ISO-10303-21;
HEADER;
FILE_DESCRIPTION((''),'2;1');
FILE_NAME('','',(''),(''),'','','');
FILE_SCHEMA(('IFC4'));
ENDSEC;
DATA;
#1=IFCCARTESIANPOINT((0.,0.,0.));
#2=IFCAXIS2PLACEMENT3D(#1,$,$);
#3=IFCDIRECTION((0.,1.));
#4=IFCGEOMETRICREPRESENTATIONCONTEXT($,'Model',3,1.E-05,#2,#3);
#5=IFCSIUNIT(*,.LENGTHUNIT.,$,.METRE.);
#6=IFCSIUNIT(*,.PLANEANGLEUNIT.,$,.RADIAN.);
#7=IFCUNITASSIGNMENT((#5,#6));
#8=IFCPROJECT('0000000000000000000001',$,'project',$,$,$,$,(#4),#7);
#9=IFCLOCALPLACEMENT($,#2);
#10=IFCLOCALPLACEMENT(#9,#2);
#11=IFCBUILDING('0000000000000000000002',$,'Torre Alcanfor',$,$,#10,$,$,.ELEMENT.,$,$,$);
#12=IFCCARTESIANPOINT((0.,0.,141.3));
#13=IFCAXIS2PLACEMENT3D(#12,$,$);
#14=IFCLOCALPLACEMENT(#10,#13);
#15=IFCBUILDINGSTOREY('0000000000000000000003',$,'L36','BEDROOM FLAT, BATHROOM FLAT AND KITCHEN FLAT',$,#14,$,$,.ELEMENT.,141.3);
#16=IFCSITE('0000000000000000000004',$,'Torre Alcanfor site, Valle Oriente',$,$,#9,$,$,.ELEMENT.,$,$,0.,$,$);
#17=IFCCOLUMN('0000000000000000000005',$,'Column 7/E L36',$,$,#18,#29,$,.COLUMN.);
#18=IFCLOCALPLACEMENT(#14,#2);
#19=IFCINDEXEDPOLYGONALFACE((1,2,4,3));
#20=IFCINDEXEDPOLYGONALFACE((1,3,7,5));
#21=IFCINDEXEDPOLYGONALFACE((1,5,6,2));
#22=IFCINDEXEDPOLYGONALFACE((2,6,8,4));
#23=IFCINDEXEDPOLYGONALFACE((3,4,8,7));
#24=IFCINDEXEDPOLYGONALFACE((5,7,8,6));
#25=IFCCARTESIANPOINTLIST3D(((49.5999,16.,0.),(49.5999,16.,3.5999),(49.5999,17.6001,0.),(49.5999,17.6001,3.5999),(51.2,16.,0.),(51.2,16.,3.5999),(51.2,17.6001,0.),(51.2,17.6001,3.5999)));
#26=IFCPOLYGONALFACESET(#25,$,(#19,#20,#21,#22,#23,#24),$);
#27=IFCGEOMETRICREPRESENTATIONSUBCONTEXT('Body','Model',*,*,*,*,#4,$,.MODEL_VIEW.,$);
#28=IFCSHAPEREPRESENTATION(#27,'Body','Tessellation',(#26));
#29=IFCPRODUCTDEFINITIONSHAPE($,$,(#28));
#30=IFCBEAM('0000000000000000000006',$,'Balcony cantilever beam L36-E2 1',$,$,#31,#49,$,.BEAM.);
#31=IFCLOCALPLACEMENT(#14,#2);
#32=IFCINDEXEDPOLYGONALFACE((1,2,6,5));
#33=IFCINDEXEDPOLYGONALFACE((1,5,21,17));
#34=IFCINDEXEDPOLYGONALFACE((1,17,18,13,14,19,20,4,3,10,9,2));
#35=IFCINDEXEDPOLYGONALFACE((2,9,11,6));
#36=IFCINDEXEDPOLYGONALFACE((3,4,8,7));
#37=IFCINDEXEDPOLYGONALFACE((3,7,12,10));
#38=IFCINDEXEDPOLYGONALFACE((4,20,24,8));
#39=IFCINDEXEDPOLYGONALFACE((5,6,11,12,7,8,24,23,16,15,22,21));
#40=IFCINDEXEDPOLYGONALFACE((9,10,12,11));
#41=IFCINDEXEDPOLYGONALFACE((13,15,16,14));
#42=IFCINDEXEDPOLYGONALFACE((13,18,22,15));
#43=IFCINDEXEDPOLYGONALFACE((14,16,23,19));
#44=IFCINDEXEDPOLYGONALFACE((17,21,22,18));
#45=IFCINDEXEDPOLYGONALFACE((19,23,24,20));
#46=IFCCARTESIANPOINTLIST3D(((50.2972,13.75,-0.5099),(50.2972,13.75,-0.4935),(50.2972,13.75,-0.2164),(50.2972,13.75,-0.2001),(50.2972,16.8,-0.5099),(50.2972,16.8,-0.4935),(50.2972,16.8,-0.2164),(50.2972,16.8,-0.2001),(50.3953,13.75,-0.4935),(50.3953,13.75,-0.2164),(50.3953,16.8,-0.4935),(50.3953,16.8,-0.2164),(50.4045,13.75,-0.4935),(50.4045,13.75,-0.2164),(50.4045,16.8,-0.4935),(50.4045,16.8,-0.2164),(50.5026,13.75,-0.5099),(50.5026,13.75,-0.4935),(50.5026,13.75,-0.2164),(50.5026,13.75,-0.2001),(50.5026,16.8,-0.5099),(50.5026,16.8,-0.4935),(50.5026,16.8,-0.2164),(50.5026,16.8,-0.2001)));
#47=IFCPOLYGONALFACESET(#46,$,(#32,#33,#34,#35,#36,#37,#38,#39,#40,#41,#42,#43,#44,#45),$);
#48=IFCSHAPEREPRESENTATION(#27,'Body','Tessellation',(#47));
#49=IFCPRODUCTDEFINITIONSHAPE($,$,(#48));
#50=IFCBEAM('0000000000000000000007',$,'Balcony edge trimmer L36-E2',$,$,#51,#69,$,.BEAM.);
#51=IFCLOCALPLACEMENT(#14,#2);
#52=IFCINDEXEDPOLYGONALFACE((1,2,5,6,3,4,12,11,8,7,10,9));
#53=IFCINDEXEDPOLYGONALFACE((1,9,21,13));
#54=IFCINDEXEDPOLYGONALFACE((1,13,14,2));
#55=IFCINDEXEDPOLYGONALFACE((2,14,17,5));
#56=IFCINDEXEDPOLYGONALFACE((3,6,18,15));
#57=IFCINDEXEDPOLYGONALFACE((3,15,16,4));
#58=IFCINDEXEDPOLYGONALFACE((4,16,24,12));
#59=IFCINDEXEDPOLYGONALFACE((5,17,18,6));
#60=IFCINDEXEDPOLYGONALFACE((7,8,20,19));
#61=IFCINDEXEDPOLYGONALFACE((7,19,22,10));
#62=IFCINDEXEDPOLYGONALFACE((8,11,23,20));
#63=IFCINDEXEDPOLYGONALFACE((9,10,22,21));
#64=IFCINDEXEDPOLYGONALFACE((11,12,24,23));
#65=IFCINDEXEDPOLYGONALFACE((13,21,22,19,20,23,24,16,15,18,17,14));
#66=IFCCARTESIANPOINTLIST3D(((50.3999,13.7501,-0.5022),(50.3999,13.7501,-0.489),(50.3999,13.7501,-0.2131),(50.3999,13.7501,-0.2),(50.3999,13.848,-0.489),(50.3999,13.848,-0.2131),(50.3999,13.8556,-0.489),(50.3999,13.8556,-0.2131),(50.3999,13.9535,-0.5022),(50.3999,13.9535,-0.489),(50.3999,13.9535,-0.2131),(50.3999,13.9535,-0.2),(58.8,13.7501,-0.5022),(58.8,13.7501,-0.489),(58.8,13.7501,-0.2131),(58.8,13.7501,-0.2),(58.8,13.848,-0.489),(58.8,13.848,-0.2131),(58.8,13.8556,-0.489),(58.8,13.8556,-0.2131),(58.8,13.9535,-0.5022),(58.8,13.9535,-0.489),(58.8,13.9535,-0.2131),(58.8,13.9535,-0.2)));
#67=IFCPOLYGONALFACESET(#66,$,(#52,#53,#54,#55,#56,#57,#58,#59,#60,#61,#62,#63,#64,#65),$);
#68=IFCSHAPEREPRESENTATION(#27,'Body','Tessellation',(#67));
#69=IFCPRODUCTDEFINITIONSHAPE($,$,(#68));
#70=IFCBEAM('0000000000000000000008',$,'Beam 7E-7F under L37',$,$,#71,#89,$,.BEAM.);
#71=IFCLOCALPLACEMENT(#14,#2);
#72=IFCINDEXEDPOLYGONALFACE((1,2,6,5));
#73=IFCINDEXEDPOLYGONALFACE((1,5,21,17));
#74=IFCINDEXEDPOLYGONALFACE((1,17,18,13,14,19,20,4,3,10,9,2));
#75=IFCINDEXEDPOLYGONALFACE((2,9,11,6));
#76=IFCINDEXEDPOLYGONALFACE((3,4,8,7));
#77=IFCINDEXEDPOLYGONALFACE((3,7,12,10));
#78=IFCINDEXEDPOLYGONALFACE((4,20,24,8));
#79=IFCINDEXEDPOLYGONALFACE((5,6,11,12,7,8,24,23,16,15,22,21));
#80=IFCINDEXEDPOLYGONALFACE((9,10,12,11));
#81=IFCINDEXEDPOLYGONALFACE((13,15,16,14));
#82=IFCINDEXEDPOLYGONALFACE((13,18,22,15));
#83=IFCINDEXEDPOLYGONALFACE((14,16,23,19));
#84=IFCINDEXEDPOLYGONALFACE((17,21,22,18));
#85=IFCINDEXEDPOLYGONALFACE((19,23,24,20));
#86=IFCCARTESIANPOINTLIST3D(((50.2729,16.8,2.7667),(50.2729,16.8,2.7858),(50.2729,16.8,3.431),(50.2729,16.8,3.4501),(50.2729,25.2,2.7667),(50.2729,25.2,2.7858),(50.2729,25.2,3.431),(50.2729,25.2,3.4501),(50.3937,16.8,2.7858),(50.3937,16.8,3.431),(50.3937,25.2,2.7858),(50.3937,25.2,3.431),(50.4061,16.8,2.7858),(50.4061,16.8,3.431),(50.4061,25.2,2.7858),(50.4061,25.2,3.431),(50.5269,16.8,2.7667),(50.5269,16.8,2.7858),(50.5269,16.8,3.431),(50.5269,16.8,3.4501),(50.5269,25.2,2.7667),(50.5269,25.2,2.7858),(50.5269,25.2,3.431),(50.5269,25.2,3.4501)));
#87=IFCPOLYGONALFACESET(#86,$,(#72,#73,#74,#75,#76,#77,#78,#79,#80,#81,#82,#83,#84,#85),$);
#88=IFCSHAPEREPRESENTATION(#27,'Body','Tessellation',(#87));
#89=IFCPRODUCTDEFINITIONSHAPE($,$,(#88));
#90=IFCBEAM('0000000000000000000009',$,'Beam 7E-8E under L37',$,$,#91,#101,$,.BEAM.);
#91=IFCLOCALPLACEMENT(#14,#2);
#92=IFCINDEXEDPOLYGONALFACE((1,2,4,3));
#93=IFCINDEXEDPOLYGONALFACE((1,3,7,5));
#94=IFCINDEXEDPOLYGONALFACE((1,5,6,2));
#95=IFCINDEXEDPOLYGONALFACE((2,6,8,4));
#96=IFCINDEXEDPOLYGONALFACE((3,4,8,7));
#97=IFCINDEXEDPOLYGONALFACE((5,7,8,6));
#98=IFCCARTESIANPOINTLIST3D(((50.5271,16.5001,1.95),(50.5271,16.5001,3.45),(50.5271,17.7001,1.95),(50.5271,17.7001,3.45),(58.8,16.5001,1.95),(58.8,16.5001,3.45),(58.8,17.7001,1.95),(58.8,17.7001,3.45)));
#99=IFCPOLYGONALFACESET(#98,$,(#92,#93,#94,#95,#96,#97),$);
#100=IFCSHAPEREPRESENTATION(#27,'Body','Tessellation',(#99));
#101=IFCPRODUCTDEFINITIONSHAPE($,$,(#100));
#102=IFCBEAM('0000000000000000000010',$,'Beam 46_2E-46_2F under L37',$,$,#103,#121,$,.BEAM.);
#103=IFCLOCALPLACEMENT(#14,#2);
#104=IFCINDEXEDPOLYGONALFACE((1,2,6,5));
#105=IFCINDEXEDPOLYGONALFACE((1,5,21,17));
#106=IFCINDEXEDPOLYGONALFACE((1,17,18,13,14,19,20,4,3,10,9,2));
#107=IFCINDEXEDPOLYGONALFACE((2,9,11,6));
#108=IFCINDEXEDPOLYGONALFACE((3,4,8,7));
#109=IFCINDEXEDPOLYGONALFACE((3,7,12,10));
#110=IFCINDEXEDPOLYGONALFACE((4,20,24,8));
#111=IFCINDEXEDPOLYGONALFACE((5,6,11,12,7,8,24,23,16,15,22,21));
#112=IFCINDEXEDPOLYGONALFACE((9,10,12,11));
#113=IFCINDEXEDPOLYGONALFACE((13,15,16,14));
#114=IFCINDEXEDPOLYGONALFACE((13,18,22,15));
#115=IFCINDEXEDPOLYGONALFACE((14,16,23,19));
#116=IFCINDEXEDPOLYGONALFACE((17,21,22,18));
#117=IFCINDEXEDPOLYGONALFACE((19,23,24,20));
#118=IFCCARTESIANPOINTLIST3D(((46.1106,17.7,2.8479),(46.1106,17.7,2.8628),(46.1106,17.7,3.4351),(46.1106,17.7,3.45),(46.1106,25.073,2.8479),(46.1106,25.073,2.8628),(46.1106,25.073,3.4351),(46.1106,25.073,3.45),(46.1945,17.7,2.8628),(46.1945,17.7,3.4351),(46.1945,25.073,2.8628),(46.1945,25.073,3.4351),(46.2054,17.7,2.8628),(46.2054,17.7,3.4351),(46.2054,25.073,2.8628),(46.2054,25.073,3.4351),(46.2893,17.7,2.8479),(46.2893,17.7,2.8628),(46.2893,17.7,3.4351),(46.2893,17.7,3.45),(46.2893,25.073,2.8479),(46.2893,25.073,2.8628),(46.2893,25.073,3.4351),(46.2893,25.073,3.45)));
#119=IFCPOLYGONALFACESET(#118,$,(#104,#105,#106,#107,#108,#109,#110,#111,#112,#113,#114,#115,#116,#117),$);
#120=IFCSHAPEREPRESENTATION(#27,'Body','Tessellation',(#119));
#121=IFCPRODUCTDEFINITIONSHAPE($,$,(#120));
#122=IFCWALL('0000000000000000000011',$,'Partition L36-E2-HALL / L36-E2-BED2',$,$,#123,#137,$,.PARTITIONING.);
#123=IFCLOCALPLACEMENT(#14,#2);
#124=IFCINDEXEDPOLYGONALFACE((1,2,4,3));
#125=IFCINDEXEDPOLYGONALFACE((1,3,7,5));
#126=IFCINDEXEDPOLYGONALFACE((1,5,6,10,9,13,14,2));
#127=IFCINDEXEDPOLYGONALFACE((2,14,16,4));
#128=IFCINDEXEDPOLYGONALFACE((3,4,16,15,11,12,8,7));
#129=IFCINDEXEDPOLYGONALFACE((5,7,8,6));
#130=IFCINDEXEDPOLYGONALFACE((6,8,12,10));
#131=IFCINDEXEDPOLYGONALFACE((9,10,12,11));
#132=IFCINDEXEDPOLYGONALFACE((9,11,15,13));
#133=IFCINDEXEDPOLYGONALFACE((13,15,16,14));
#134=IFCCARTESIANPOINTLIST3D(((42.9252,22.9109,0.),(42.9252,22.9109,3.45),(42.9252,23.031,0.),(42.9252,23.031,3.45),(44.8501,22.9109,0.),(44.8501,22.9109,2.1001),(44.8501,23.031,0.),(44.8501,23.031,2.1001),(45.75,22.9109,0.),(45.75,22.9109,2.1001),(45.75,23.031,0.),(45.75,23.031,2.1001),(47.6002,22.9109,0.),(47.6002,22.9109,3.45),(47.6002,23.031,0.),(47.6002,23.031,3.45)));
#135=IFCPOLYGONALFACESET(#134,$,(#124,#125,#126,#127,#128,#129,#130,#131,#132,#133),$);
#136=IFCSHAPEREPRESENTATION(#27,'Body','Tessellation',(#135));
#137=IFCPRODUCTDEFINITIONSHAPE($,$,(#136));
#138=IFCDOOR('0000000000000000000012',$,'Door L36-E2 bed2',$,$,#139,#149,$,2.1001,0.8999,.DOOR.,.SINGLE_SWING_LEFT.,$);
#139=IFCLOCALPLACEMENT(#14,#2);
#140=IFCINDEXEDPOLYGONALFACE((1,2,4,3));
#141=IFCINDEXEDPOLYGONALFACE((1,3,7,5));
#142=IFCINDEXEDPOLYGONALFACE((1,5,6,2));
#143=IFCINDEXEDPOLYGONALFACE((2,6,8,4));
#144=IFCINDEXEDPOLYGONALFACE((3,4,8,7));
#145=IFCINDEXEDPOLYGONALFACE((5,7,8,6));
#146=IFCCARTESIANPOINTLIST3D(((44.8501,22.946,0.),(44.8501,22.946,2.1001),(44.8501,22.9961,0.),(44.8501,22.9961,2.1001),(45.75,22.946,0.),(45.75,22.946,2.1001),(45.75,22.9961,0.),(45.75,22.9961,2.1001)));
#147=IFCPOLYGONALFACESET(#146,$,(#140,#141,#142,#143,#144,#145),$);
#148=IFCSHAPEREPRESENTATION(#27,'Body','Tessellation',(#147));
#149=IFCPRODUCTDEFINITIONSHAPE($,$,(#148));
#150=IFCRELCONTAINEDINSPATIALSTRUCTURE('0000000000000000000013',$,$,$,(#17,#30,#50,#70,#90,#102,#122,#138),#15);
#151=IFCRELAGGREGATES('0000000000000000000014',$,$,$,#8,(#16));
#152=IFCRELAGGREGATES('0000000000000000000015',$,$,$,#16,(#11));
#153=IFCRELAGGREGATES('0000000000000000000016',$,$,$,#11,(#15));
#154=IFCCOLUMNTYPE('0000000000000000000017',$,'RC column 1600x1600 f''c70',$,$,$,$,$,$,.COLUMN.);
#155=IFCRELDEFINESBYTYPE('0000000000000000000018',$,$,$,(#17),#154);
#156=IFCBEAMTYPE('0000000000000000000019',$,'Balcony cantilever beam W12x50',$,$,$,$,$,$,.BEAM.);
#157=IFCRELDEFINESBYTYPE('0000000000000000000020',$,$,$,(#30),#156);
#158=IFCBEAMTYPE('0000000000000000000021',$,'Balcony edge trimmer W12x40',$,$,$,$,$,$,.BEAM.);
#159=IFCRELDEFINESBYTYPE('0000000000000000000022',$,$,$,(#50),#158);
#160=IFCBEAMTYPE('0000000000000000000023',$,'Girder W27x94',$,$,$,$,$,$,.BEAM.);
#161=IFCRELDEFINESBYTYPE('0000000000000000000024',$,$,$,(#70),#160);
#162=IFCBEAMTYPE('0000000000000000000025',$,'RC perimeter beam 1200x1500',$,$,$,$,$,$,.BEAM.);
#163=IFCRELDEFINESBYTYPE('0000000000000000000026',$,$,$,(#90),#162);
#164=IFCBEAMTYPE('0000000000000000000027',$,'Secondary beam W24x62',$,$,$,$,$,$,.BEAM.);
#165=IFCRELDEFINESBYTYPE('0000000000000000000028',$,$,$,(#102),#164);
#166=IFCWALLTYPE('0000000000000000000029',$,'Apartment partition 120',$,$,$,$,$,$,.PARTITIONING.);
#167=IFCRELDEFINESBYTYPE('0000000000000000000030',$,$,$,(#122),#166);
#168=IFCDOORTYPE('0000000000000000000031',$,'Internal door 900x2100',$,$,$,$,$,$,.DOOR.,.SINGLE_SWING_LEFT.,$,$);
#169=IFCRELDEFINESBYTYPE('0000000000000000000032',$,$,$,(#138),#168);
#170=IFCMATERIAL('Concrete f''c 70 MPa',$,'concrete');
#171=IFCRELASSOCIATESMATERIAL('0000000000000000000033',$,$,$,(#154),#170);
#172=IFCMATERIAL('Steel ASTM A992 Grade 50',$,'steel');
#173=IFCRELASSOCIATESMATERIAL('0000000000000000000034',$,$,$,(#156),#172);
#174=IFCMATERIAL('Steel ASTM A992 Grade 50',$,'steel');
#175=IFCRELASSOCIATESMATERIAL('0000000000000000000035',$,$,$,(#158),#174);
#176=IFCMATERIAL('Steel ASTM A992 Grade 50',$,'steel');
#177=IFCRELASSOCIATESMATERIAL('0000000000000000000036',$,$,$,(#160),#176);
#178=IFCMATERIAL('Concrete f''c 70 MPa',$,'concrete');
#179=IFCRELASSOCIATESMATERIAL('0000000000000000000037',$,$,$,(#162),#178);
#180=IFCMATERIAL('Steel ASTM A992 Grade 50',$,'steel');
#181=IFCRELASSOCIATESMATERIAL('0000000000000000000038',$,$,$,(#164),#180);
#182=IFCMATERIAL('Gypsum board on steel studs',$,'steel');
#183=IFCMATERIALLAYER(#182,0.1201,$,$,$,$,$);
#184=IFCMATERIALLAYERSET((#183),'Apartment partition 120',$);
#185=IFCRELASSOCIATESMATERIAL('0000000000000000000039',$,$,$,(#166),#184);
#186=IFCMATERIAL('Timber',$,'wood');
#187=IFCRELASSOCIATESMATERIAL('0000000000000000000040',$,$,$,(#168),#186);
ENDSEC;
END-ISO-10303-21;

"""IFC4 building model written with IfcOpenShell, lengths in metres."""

from ifc_helpers import new_model, si_unit, direction, frame, frame_2d, origin, origin_2d, place, context, subcontext, project, spatial, rectangle, i_section, extrude, material, layer, layer_set, material_profile, profile_set, type_object, element, fill, save


model = new_model("IFC4")

# Units and contexts
model_context = context("Model", 3, precision=1e-05, world=origin(), true_north=direction((0.0, 1.0)))
body_context = subcontext(model_context, "Body", "Model", "MODEL_VIEW")
ifc_project = project(units=[si_unit("LENGTHUNIT", "METRE"), si_unit("PLANEANGLEUNIT", "RADIAN")], contexts=[model_context])

# Site, building, storey
site_placement = place(None, origin())
site = spatial("IfcSite", under=ifc_project, at=site_placement, Name="Torre Alcanfor site, Valle Oriente", CompositionType="ELEMENT", RefElevation=0.0)
building_placement = place(site_placement, origin())
building = spatial("IfcBuilding", under=site, at=building_placement, Name="Torre Alcanfor", CompositionType="ELEMENT")
storey_placement = place(building_placement, frame((0.0, 0.0, 141.3)))
storey = spatial("IfcBuildingStorey", under=building, at=storey_placement, Name="L36", Description="BEDROOM FLAT, BATHROOM FLAT AND KITCHEN FLAT", CompositionType="ELEMENT", Elevation=141.3)

# Column
ifc_material_1 = material(Name="Concrete f'c 70 MPa", Category="concrete")
ifc_material_profile_1 = material_profile(ifc_material_1, rectangle(XDim=1.6001, YDim=1.6001, at=origin_2d()), Name="1600x1600")
ifc_profile_set_1 = profile_set([ifc_material_profile_1], Name="Concrete f'c 70 MPa")
column_type = type_object("IfcColumnType", Name="RC column 1600x1600 f'c70", PredefinedType="COLUMN", material=ifc_profile_set_1)
column_placement = place(storey_placement, frame((50.3999, 16.8, 0.0), z_axis=(0.0, 0.0, 1.0), x_axis=(1.0, 0.0, 0.0)))
element("IfcColumn", 1, at=column_placement, inside=storey, type_object=column_type, Name="Column 7/E L36", PredefinedType="COLUMN", context=body_context, shape_type="SweptSolid", body=[
    extrude(rectangle(XDim=1.6001, YDim=1.6001, at=origin_2d()), origin(), (0.0, 0.0, 1.0), 3.5999),
])

# Beams
ifc_material_2 = material(Name="Steel ASTM A992 Grade 50", Category="steel")
ifc_material_profile_2 = material_profile(ifc_material_2, i_section(OverallWidth=0.2053, OverallDepth=0.3098, WebThickness=0.0093, FlangeThickness=0.0164, at=origin_2d()), Name="W12x50")
ifc_profile_set_2 = profile_set([ifc_material_profile_2], Name="Steel ASTM A992 Grade 50")
beam_type_1 = type_object("IfcBeamType", Name="Balcony cantilever beam W12x50", PredefinedType="BEAM", material=ifc_profile_set_2)
beam_1_placement = place(storey_placement, frame((50.3999, 16.8, -0.355), z_axis=(0.0, -1.0, 0.0), x_axis=(1.0, 0.0, 0.0)))
element("IfcBeam", 2, at=beam_1_placement, inside=storey, type_object=beam_type_1, Name="Balcony cantilever beam L36-E2 1", PredefinedType="BEAM", context=body_context, shape_type="SweptSolid", body=[
    extrude(i_section(OverallWidth=0.2053, OverallDepth=0.3098, WebThickness=0.0093, FlangeThickness=0.0164, at=origin_2d()), origin(), (0.0, 0.0, 1.0), 3.05),
])
ifc_material_3 = material(Name="Steel ASTM A992 Grade 50", Category="steel")
ifc_material_profile_3 = material_profile(ifc_material_3, i_section(OverallWidth=0.2034, OverallDepth=0.3022, WebThickness=0.0076, FlangeThickness=0.0132, at=origin_2d()), Name="W12x40")
ifc_profile_set_3 = profile_set([ifc_material_profile_3], Name="Steel ASTM A992 Grade 50")
beam_type_2 = type_object("IfcBeamType", Name="Balcony edge trimmer W12x40", PredefinedType="BEAM", material=ifc_profile_set_3)
beam_2_placement = place(storey_placement, frame((50.3999, 13.8518, -0.3511), z_axis=(1.0, 0.0, 0.0), x_axis=(0.0, 1.0, 0.0)))
element("IfcBeam", 3, at=beam_2_placement, inside=storey, type_object=beam_type_2, Name="Balcony edge trimmer L36-E2", PredefinedType="BEAM", context=body_context, shape_type="SweptSolid", body=[
    extrude(i_section(OverallWidth=0.2034, OverallDepth=0.3022, WebThickness=0.0076, FlangeThickness=0.0132, at=origin_2d()), origin(), (0.0, 0.0, 1.0), 8.4001),
])
ifc_material_4 = material(Name="Steel ASTM A992 Grade 50", Category="steel")
ifc_material_profile_4 = material_profile(ifc_material_4, i_section(OverallWidth=0.2539, OverallDepth=0.6833, WebThickness=0.0125, FlangeThickness=0.019, at=origin_2d()), Name="W27x94")
ifc_profile_set_4 = profile_set([ifc_material_profile_4], Name="Steel ASTM A992 Grade 50")
beam_type_3 = type_object("IfcBeamType", Name="Girder W27x94", PredefinedType="BEAM", material=ifc_profile_set_4)
beam_3_placement = place(storey_placement, frame((50.3999, 16.8, 3.1084), z_axis=(0.0, 1.0, 0.0), x_axis=(-1.0, 0.0, 0.0)))
element("IfcBeam", 4, at=beam_3_placement, inside=storey, type_object=beam_type_3, Name="Beam 7E-7F under L37", PredefinedType="BEAM", context=body_context, shape_type="SweptSolid", body=[
    extrude(i_section(OverallWidth=0.2539, OverallDepth=0.6833, WebThickness=0.0125, FlangeThickness=0.019, at=origin_2d()), origin(), (0.0, 0.0, 1.0), 8.3999),
])
ifc_material_5 = material(Name="Concrete f'c 70 MPa", Category="concrete")
ifc_material_profile_5 = material_profile(ifc_material_5, rectangle(XDim=1.2, YDim=1.5, at=origin_2d()), Name="1200x1500")
ifc_profile_set_5 = profile_set([ifc_material_profile_5], Name="Concrete f'c 70 MPa")
beam_type_4 = type_object("IfcBeamType", Name="RC perimeter beam 1200x1500", PredefinedType="BEAM", material=ifc_profile_set_5)
beam_4_placement = place(storey_placement, frame((50.5271, 17.1001, 2.7), z_axis=(1.0, 0.0, 0.0), x_axis=(0.0, 1.0, 0.0)))
element("IfcBeam", 5, at=beam_4_placement, inside=storey, type_object=beam_type_4, Name="Beam 7E-8E under L37", PredefinedType="BEAM", context=body_context, shape_type="SweptSolid", body=[
    extrude(rectangle(XDim=1.2, YDim=1.5, at=origin_2d()), origin(), (0.0, 0.0, 1.0), 8.2729),
])
ifc_material_6 = material(Name="Steel ASTM A992 Grade 50", Category="steel")
ifc_material_profile_6 = material_profile(ifc_material_6, i_section(OverallWidth=0.1787, OverallDepth=0.6021, WebThickness=0.011, FlangeThickness=0.0149, at=origin_2d()), Name="W24x62")
ifc_profile_set_6 = profile_set([ifc_material_profile_6], Name="Steel ASTM A992 Grade 50")
beam_type_5 = type_object("IfcBeamType", Name="Secondary beam W24x62", PredefinedType="BEAM", material=ifc_profile_set_6)
beam_5_placement = place(storey_placement, frame((46.2, 17.7, 3.1489), z_axis=(0.0, 1.0, 0.0), x_axis=(-1.0, 0.0, 0.0)))
element("IfcBeam", 6, at=beam_5_placement, inside=storey, type_object=beam_type_5, Name="Beam 46_2E-46_2F under L37", PredefinedType="BEAM", context=body_context, shape_type="SweptSolid", body=[
    extrude(i_section(OverallWidth=0.1787, OverallDepth=0.6021, WebThickness=0.011, FlangeThickness=0.0149, at=origin_2d()), origin(), (0.0, 0.0, 1.0), 7.373),
])

# Wall, opening, door
ifc_material_7 = material(Name="Gypsum board on steel studs", Category="steel")
ifc_layer_1 = layer(ifc_material_7, 0.1201)
ifc_layer_set_1 = layer_set([ifc_layer_1], Name="Apartment partition 120")
wall_type_1 = type_object("IfcWallType", Name="Apartment partition 120", PredefinedType="PARTITIONING", material=ifc_layer_set_1)
wall_1_placement = place(storey_placement, frame((47.6001, 22.9709, 0.0), z_axis=(0.0, 0.0, 1.0), x_axis=(-1.0, 0.0, 0.0)))
wall_1 = element("IfcWall", 7, at=wall_1_placement, inside=storey, type_object=wall_type_1, Name="Partition L36-E2-HALL / L36-E2-BED2", PredefinedType="PARTITIONING", context=body_context, shape_type="SweptSolid", body=[
    extrude(rectangle(XDim=4.675, YDim=0.1201, at=frame_2d((2.3374, 0.0))), origin(), (0.0, 0.0, 1.0), 3.45),
])
opening_1_placement = place(wall_1_placement, frame((1.8501, 0.0, 0.0)))
opening_1 = element("IfcOpeningElement", 8, at=opening_1_placement, cuts=wall_1, PredefinedType="OPENING", context=body_context, shape_type="SweptSolid", body=[
    extrude(rectangle(XDim=0.8999, YDim=2.1001, at=frame_2d((0.45, 1.05))), frame((0.0, 0.0701, 0.0), z_axis=(0.0, -1.0, 0.0), x_axis=(1.0, 0.0, 0.0)), (0.0, 0.0, 1.0), 0.1401),
])
ifc_material_8 = material(Name="Timber", Category="wood")
door_type_1 = type_object("IfcDoorType", Name="Internal door 900x2100", OperationType="SINGLE_SWING_LEFT", PredefinedType="DOOR", material=ifc_material_8)
door_1_placement = place(opening_1_placement, origin())
door_1 = element("IfcDoor", 9, at=door_1_placement, inside=storey, type_object=door_type_1, Name="Door L36-E2 bed2", OperationType="SINGLE_SWING_LEFT", OverallHeight=2.1001, OverallWidth=0.8999, PredefinedType="DOOR", context=body_context, shape_type="SweptSolid", body=[
    extrude(rectangle(XDim=0.8999, YDim=2.1001, at=frame_2d((0.45, 1.05))), frame((0.0, 0.0249, 0.0), z_axis=(0.0, -1.0, 0.0), x_axis=(1.0, 0.0, 0.0)), (0.0, 0.0, 1.0), 0.05),
])
fill(opening_1, door_1)

save(model, "model.ifc")
